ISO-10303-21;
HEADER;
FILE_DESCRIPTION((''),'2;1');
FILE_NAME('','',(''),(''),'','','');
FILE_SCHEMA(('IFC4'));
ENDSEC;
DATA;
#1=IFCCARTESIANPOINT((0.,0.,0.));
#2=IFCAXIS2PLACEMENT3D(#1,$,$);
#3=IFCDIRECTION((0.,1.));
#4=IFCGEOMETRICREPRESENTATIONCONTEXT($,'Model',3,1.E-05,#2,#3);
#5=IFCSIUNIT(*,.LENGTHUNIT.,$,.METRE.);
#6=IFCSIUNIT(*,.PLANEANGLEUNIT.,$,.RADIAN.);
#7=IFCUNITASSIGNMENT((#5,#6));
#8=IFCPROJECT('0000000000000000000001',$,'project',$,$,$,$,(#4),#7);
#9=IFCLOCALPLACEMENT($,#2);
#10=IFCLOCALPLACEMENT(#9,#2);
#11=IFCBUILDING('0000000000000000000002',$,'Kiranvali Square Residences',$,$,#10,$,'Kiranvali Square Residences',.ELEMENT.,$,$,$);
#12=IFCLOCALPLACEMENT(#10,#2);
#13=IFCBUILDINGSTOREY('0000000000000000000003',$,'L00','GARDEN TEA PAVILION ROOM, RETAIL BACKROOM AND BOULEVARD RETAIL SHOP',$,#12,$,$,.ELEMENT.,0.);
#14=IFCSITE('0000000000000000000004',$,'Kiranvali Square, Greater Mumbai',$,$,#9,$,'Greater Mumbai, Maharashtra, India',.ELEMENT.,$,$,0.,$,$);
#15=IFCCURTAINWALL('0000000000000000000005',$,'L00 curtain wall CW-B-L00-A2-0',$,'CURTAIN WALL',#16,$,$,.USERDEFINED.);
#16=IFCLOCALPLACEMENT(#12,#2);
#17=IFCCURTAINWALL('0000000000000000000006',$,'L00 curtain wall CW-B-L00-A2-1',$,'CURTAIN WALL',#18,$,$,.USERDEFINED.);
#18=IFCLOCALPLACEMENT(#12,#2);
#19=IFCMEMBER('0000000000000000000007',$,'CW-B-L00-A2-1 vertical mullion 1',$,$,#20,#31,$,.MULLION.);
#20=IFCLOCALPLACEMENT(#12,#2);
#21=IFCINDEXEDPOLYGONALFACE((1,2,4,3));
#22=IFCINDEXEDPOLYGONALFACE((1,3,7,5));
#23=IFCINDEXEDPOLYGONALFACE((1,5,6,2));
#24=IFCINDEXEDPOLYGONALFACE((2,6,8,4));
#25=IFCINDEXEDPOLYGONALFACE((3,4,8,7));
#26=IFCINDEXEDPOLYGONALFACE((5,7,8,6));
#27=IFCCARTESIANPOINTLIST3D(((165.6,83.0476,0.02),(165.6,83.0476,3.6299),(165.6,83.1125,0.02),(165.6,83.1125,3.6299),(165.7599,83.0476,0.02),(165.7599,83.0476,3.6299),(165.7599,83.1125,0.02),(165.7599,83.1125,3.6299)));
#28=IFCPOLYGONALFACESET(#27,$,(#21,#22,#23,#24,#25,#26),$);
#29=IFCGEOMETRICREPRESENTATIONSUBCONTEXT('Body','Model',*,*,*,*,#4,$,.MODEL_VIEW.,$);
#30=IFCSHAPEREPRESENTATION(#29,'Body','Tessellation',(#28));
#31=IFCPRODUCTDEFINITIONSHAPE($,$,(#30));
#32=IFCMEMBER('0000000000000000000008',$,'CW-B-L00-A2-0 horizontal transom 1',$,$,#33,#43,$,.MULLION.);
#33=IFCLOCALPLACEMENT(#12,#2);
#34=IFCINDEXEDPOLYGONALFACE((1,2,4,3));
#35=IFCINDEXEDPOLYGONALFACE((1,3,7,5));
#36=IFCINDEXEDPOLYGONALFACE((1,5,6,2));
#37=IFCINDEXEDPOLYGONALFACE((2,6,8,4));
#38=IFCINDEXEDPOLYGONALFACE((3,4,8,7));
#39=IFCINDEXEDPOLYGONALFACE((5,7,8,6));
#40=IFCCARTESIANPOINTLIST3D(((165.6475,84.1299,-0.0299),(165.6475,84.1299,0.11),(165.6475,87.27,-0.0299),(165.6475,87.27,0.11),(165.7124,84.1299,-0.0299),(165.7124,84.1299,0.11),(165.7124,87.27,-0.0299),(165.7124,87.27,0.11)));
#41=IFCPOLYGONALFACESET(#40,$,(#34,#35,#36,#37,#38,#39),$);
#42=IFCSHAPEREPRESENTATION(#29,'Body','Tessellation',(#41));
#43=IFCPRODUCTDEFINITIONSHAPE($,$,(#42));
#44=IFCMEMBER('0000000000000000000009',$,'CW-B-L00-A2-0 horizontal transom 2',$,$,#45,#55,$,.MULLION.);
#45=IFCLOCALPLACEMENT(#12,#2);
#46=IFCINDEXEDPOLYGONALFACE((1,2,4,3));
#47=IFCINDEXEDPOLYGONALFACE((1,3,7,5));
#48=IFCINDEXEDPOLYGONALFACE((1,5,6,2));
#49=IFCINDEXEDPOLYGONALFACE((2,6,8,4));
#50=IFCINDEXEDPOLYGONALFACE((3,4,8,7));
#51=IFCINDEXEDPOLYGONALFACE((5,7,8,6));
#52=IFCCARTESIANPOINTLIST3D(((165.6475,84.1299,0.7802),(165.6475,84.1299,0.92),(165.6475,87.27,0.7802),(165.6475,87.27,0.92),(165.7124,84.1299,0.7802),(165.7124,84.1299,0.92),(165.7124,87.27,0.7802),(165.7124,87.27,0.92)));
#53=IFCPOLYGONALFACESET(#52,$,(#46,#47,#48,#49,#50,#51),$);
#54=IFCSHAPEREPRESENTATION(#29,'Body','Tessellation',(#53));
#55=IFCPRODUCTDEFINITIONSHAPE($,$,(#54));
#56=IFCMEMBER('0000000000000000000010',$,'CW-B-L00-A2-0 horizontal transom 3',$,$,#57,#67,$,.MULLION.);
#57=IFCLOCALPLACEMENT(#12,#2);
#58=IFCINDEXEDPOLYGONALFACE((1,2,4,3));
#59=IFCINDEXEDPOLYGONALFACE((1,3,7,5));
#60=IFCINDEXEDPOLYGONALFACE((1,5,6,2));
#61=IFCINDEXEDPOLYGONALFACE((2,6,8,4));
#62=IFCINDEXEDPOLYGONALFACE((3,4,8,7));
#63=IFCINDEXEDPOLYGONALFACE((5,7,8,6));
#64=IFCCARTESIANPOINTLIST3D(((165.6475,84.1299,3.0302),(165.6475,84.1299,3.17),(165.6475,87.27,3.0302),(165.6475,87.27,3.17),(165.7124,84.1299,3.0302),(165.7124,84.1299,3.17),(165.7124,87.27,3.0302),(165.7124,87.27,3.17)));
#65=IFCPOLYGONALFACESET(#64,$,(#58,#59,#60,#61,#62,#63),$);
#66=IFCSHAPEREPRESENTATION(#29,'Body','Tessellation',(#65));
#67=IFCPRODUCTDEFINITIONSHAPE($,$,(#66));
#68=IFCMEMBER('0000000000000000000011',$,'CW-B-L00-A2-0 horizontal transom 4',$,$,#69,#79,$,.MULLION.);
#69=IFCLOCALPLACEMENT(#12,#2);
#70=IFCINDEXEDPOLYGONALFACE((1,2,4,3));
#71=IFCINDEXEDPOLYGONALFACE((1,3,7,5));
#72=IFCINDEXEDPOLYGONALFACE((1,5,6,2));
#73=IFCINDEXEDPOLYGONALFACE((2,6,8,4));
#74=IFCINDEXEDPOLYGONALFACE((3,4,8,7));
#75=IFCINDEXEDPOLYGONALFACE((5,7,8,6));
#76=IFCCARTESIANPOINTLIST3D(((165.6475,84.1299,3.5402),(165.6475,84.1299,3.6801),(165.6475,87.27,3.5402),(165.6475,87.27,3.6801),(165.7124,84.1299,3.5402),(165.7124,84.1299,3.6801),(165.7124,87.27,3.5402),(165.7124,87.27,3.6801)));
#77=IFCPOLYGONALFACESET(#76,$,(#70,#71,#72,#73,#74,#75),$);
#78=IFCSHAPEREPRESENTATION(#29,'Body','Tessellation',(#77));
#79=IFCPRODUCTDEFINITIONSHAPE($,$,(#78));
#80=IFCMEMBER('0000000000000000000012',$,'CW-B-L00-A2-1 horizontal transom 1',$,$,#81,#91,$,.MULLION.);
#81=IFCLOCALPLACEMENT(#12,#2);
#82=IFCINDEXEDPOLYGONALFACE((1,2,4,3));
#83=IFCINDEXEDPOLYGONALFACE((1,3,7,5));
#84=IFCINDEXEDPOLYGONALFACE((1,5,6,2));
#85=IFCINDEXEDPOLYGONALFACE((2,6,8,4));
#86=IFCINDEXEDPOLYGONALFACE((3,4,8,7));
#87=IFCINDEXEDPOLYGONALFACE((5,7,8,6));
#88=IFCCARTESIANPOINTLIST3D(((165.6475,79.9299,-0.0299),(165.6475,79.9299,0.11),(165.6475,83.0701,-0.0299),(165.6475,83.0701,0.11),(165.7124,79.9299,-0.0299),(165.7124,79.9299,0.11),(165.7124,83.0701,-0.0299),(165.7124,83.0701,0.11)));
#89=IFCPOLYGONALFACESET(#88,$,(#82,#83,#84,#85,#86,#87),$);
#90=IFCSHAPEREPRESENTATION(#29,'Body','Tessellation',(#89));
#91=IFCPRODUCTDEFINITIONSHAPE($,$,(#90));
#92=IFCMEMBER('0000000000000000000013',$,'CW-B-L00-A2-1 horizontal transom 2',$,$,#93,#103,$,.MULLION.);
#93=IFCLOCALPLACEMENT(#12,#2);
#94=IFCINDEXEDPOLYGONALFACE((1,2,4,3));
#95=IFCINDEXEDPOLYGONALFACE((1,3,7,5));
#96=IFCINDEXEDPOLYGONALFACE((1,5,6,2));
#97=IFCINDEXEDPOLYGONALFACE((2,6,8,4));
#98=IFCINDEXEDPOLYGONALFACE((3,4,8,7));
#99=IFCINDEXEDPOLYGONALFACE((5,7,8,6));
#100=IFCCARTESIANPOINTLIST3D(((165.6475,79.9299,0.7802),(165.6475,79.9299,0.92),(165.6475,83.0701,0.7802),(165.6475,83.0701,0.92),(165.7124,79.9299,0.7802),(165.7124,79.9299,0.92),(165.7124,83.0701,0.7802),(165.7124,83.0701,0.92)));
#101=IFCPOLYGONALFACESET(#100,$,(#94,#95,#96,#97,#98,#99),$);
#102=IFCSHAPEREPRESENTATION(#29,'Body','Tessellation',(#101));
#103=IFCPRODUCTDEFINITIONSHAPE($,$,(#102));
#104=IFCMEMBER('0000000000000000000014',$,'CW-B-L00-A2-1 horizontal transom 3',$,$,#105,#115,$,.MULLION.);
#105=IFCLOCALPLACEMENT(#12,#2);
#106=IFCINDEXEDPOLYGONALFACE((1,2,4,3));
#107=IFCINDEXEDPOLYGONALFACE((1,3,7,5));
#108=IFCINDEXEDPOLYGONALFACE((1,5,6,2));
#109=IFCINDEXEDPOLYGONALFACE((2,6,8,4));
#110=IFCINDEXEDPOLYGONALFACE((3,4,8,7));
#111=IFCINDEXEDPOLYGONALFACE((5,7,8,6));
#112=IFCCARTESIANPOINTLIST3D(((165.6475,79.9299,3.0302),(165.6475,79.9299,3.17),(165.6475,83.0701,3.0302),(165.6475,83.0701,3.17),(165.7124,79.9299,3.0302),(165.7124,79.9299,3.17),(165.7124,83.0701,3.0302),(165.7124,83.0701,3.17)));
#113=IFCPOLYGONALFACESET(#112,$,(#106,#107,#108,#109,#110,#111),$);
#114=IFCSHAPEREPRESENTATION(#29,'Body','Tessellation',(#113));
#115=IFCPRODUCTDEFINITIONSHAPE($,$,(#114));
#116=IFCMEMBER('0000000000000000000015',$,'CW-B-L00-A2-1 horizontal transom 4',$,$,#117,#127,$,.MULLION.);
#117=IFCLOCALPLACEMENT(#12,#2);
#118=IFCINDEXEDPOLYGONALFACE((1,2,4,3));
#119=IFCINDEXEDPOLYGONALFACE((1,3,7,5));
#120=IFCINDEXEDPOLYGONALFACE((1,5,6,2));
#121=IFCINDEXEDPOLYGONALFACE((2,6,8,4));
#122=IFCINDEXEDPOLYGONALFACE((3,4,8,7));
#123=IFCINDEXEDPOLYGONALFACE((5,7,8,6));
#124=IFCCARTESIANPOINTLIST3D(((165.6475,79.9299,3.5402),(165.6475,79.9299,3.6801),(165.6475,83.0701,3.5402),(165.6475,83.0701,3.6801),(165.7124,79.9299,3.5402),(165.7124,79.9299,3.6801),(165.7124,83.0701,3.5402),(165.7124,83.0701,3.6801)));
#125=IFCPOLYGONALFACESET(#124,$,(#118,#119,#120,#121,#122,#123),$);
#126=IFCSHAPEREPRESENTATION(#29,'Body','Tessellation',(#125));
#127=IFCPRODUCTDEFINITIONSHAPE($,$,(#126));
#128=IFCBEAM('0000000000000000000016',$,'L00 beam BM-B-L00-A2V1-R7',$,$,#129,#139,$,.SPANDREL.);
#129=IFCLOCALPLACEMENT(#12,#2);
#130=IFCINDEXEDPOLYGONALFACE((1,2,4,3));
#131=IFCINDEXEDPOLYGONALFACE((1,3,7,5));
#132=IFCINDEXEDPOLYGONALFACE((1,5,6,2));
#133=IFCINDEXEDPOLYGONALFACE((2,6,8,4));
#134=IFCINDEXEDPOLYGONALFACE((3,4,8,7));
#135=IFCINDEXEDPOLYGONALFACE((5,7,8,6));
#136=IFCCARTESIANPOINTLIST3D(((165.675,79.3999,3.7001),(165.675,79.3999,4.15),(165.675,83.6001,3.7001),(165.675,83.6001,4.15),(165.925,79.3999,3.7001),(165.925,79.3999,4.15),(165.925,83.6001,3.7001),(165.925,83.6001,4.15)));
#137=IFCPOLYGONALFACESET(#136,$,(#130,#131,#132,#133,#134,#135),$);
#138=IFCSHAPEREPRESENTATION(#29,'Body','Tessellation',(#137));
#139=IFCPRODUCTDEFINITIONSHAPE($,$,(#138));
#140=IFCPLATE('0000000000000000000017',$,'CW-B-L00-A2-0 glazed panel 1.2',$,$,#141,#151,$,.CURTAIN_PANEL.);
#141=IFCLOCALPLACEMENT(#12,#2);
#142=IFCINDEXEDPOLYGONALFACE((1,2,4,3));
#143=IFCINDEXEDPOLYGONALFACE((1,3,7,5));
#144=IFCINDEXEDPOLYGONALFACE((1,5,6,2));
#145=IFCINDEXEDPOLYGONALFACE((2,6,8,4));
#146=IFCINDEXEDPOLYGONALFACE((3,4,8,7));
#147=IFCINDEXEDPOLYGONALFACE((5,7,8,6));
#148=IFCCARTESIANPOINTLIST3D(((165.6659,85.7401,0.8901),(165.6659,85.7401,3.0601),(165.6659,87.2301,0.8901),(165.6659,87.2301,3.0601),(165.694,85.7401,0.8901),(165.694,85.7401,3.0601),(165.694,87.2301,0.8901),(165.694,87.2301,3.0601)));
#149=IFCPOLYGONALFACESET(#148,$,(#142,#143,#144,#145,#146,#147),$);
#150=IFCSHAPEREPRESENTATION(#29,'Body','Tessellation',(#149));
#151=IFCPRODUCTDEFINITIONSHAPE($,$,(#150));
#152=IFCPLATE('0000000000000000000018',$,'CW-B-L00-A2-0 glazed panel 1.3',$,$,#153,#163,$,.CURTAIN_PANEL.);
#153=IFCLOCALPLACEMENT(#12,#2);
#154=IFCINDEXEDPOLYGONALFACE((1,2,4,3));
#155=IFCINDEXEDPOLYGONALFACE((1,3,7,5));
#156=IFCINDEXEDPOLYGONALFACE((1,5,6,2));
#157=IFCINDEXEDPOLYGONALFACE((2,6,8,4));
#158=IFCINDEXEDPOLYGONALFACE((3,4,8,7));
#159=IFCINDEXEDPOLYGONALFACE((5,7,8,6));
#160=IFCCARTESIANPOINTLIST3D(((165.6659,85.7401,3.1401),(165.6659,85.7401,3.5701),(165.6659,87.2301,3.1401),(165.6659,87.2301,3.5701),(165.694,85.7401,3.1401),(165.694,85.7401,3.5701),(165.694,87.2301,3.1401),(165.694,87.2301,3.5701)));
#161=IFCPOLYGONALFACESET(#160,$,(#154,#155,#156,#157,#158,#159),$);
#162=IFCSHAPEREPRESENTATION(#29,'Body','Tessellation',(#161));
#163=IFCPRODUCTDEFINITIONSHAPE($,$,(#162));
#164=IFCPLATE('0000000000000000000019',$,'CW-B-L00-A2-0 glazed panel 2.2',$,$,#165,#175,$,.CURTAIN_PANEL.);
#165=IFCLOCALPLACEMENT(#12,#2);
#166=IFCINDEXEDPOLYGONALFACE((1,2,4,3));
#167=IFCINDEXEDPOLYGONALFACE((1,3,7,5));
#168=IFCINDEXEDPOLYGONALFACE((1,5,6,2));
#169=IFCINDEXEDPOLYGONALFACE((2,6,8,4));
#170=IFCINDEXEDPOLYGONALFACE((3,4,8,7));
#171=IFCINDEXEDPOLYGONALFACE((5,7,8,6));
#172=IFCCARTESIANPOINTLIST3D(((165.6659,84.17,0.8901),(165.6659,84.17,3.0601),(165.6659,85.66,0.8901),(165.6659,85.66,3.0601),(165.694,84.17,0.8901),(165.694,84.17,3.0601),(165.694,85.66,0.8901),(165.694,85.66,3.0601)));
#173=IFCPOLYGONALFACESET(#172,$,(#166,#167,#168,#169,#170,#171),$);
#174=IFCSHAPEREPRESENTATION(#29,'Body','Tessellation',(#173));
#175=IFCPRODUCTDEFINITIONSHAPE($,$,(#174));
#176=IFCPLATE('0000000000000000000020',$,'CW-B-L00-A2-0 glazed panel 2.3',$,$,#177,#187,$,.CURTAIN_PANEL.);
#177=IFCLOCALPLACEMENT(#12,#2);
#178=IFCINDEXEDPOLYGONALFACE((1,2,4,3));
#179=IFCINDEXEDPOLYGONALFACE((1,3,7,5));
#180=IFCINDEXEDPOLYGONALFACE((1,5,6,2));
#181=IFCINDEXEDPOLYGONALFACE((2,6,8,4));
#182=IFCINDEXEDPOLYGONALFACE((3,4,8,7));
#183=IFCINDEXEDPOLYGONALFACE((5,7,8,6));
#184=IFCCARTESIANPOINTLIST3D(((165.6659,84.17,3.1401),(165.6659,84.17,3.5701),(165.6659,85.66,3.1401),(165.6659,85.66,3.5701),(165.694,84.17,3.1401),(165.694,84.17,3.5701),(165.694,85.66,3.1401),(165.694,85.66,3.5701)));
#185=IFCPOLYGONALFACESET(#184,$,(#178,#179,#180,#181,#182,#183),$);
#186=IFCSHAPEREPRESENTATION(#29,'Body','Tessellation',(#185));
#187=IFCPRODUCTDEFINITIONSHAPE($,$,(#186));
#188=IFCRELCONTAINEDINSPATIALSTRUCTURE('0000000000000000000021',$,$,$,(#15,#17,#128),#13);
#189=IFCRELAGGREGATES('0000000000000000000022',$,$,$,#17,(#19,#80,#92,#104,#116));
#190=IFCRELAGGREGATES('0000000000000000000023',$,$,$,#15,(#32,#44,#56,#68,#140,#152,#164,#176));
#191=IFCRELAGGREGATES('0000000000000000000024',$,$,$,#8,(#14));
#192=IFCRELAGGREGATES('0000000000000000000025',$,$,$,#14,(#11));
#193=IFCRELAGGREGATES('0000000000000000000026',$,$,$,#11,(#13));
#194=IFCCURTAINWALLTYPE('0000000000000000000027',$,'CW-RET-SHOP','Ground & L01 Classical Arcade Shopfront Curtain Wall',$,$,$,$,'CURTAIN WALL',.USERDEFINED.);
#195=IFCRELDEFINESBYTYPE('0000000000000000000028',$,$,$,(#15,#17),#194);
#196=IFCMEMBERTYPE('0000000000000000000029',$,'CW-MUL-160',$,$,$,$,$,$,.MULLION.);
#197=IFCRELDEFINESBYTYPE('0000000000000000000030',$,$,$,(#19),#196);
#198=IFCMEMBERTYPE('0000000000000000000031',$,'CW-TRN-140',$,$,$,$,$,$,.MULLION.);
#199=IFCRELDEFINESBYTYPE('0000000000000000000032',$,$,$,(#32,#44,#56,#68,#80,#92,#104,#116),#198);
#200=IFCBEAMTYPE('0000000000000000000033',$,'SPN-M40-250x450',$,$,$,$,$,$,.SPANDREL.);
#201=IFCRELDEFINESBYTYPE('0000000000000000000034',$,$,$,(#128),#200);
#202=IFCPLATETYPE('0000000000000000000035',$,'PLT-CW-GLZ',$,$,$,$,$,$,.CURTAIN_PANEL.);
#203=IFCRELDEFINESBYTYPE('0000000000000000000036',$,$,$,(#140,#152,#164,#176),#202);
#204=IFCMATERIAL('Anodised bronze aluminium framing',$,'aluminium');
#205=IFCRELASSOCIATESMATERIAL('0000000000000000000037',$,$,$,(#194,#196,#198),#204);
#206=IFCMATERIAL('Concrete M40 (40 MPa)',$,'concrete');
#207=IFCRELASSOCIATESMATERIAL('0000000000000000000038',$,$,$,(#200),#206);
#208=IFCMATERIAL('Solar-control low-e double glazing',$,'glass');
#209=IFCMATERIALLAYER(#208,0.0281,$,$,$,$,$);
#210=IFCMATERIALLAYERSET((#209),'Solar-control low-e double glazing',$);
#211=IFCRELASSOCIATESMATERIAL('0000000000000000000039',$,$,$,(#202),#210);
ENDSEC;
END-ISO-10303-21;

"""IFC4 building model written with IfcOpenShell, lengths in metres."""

from ifc_helpers import new_model, si_unit, direction, frame, origin, origin_2d, place, context, subcontext, project, spatial, rectangle, extrude, material, layer, layer_set, material_profile, profile_set, type_object, element, aggregate, save


model = new_model("IFC4")

# Units and contexts
model_context = context("Model", 3, precision=1e-05, world=origin(), true_north=direction((0.0, 1.0)))
body_context = subcontext(model_context, "Body", "Model", "MODEL_VIEW")
ifc_project = project(units=[si_unit("LENGTHUNIT", "METRE"), si_unit("PLANEANGLEUNIT", "RADIAN")], contexts=[model_context])

# Site, building, storey
site_placement = place(None, origin())
site = spatial("IfcSite", under=ifc_project, at=site_placement, Name="Kiranvali Square, Greater Mumbai", LongName="Greater Mumbai, Maharashtra, India", CompositionType="ELEMENT", RefElevation=0.0)
building_placement = place(site_placement, origin())
building = spatial("IfcBuilding", under=site, at=building_placement, Name="Kiranvali Square Residences", LongName="Kiranvali Square Residences", CompositionType="ELEMENT")
storey_placement = place(building_placement, origin())
storey = spatial("IfcBuildingStorey", under=building, at=storey_placement, Name="L00", Description="GARDEN TEA PAVILION ROOM, RETAIL BACKROOM AND BOULEVARD RETAIL SHOP", CompositionType="ELEMENT", Elevation=0.0)

# Shared definitions
ifc_material_1 = material(Name="Concrete M40 (40 MPa)", Category="concrete")

# Curtain wall
ifc_material_2 = material(Name="Anodised bronze aluminium framing", Category="aluminium")
curtain_wall_type = type_object("IfcCurtainWallType", Name="CW-RET-SHOP", Description="Ground & L01 Classical Arcade Shopfront Curtain Wall", ElementType="CURTAIN WALL", PredefinedType="USERDEFINED", material=ifc_material_2)
curtain_wall_1_placement = place(storey_placement, origin())
curtain_wall_1 = element("IfcCurtainWall", 1, at=curtain_wall_1_placement, inside=storey, type_object=curtain_wall_type, Name="L00 curtain wall CW-B-L00-A2-0", ObjectType="CURTAIN WALL", PredefinedType="USERDEFINED")
ifc_material_profile_1 = material_profile(ifc_material_2, rectangle(XDim=0.0649, YDim=0.1599, at=origin_2d()), Name="ALU 65x160")
ifc_profile_set_1 = profile_set([ifc_material_profile_1], Name="Anodised bronze aluminium framing")
member_type_1 = type_object("IfcMemberType", Name="CW-MUL-160", PredefinedType="MULLION", material=ifc_profile_set_1)

# Curtain wall, member
curtain_wall_2_placement = place(storey_placement, origin())
curtain_wall_2 = element("IfcCurtainWall", 2, at=curtain_wall_2_placement, inside=storey, type_object=curtain_wall_type, Name="L00 curtain wall CW-B-L00-A2-1", ObjectType="CURTAIN WALL", PredefinedType="USERDEFINED")
member_1_placement = place(storey_placement, frame((165.6799, 83.0801, 0.02), z_axis=(0.0, 0.0, 1.0), x_axis=(0.0, -1.0, 0.0)))
member_1 = element("IfcMember", 3, at=member_1_placement, type_object=member_type_1, Name="CW-B-L00-A2-1 vertical mullion 1", PredefinedType="MULLION", context=body_context, shape_type="SweptSolid", body=[
    extrude(rectangle(XDim=0.0649, YDim=0.1599, at=origin_2d()), origin(), (0.0, 0.0, 1.0), 3.6099),
])

# Members
ifc_material_profile_2 = material_profile(ifc_material_2, rectangle(XDim=0.0649, YDim=0.1399, at=origin_2d()), Name="ALU 65x140")
ifc_profile_set_2 = profile_set([ifc_material_profile_2], Name="Anodised bronze aluminium framing")
member_type_2 = type_object("IfcMemberType", Name="CW-TRN-140", PredefinedType="MULLION", material=ifc_profile_set_2)
member_2_placement = place(storey_placement, frame((165.6799, 87.27, 0.04), z_axis=(0.0, -1.0, 0.0), x_axis=(1.0, 0.0, 0.0)))
member_2 = element("IfcMember", 4, at=member_2_placement, type_object=member_type_2, Name="CW-B-L00-A2-0 horizontal transom 1", PredefinedType="MULLION", context=body_context, shape_type="SweptSolid", body=[
    extrude(rectangle(XDim=0.0649, YDim=0.1399, at=origin_2d()), origin(), (0.0, 0.0, 1.0), 3.1401),
])
member_3_placement = place(storey_placement, frame((165.6799, 87.27, 0.8501), z_axis=(0.0, -1.0, 0.0), x_axis=(1.0, 0.0, 0.0)))
member_3 = element("IfcMember", 5, at=member_3_placement, type_object=member_type_2, Name="CW-B-L00-A2-0 horizontal transom 2", PredefinedType="MULLION", context=body_context, shape_type="SweptSolid", body=[
    extrude(rectangle(XDim=0.0649, YDim=0.1399, at=origin_2d()), origin(), (0.0, 0.0, 1.0), 3.1401),
])
member_4_placement = place(storey_placement, frame((165.6799, 87.27, 3.1001), z_axis=(0.0, -1.0, 0.0), x_axis=(1.0, 0.0, 0.0)))
member_4 = element("IfcMember", 6, at=member_4_placement, type_object=member_type_2, Name="CW-B-L00-A2-0 horizontal transom 3", PredefinedType="MULLION", context=body_context, shape_type="SweptSolid", body=[
    extrude(rectangle(XDim=0.0649, YDim=0.1399, at=origin_2d()), origin(), (0.0, 0.0, 1.0), 3.1401),
])
member_5_placement = place(storey_placement, frame((165.6799, 87.27, 3.6101), z_axis=(0.0, -1.0, 0.0), x_axis=(1.0, 0.0, 0.0)))
member_5 = element("IfcMember", 7, at=member_5_placement, type_object=member_type_2, Name="CW-B-L00-A2-0 horizontal transom 4", PredefinedType="MULLION", context=body_context, shape_type="SweptSolid", body=[
    extrude(rectangle(XDim=0.0649, YDim=0.1399, at=origin_2d()), origin(), (0.0, 0.0, 1.0), 3.1401),
])
member_6_placement = place(storey_placement, frame((165.6799, 83.0701, 0.04), z_axis=(0.0, -1.0, 0.0), x_axis=(1.0, 0.0, 0.0)))
member_6 = element("IfcMember", 8, at=member_6_placement, type_object=member_type_2, Name="CW-B-L00-A2-1 horizontal transom 1", PredefinedType="MULLION", context=body_context, shape_type="SweptSolid", body=[
    extrude(rectangle(XDim=0.0649, YDim=0.1399, at=origin_2d()), origin(), (0.0, 0.0, 1.0), 3.1401),
])
member_7_placement = place(storey_placement, frame((165.6799, 83.0701, 0.8501), z_axis=(0.0, -1.0, 0.0), x_axis=(1.0, 0.0, 0.0)))
member_7 = element("IfcMember", 9, at=member_7_placement, type_object=member_type_2, Name="CW-B-L00-A2-1 horizontal transom 2", PredefinedType="MULLION", context=body_context, shape_type="SweptSolid", body=[
    extrude(rectangle(XDim=0.0649, YDim=0.1399, at=origin_2d()), origin(), (0.0, 0.0, 1.0), 3.1401),
])
member_8_placement = place(storey_placement, frame((165.6799, 83.0701, 3.1001), z_axis=(0.0, -1.0, 0.0), x_axis=(1.0, 0.0, 0.0)))
member_8 = element("IfcMember", 10, at=member_8_placement, type_object=member_type_2, Name="CW-B-L00-A2-1 horizontal transom 3", PredefinedType="MULLION", context=body_context, shape_type="SweptSolid", body=[
    extrude(rectangle(XDim=0.0649, YDim=0.1399, at=origin_2d()), origin(), (0.0, 0.0, 1.0), 3.1401),
])
member_9_placement = place(storey_placement, frame((165.6799, 83.0701, 3.6101), z_axis=(0.0, -1.0, 0.0), x_axis=(1.0, 0.0, 0.0)))
member_9 = element("IfcMember", 11, at=member_9_placement, type_object=member_type_2, Name="CW-B-L00-A2-1 horizontal transom 4", PredefinedType="MULLION", context=body_context, shape_type="SweptSolid", body=[
    extrude(rectangle(XDim=0.0649, YDim=0.1399, at=origin_2d()), origin(), (0.0, 0.0, 1.0), 3.1401),
])

# Beam
ifc_material_profile_3 = material_profile(ifc_material_1, rectangle(XDim=0.25, YDim=0.45, at=origin_2d()), Name="RC 250x450")
ifc_profile_set_3 = profile_set([ifc_material_profile_3], Name="Concrete M40 (40 MPa)")
beam_type_1 = type_object("IfcBeamType", Name="SPN-M40-250x450", PredefinedType="SPANDREL", material=ifc_profile_set_3)
beam_1_placement = place(storey_placement, frame((165.8, 83.6001, 3.925), z_axis=(0.0, -1.0, 0.0), x_axis=(1.0, 0.0, 0.0)))
element("IfcBeam", 12, at=beam_1_placement, inside=storey, type_object=beam_type_1, Name="L00 beam BM-B-L00-A2V1-R7", PredefinedType="SPANDREL", context=body_context, shape_type="SweptSolid", body=[
    extrude(rectangle(XDim=0.25, YDim=0.45, at=origin_2d()), origin(), (0.0, 0.0, 1.0), 4.2002),
])

# Plates
ifc_material_3 = material(Name="Solar-control low-e double glazing", Category="glass")
ifc_layer_1 = layer(ifc_material_3, 0.0281)
ifc_layer_set_1 = layer_set([ifc_layer_1], Name="Solar-control low-e double glazing")
plate_type_1 = type_object("IfcPlateType", Name="PLT-CW-GLZ", PredefinedType="CURTAIN_PANEL", material=ifc_layer_set_1)
plate_1_placement = place(storey_placement, frame((165.6799, 86.4851, 0.8901), z_axis=(0.0, 0.0, 1.0), x_axis=(0.0, -1.0, 0.0)))
plate_1 = element("IfcPlate", 13, at=plate_1_placement, type_object=plate_type_1, Name="CW-B-L00-A2-0 glazed panel 1.2", PredefinedType="CURTAIN_PANEL", context=body_context, shape_type="SweptSolid", body=[
    extrude(rectangle(XDim=1.49, YDim=0.0281, at=origin_2d()), origin(), (0.0, 0.0, 1.0), 2.1699),
])
plate_2_placement = place(storey_placement, frame((165.6799, 86.4851, 3.1401), z_axis=(0.0, 0.0, 1.0), x_axis=(0.0, -1.0, 0.0)))
plate_2 = element("IfcPlate", 14, at=plate_2_placement, type_object=plate_type_1, Name="CW-B-L00-A2-0 glazed panel 1.3", PredefinedType="CURTAIN_PANEL", context=body_context, shape_type="SweptSolid", body=[
    extrude(rectangle(XDim=1.49, YDim=0.0281, at=origin_2d()), origin(), (0.0, 0.0, 1.0), 0.4299),
])
plate_3_placement = place(storey_placement, frame((165.6799, 84.915, 0.8901), z_axis=(0.0, 0.0, 1.0), x_axis=(0.0, -1.0, 0.0)))
plate_3 = element("IfcPlate", 15, at=plate_3_placement, type_object=plate_type_1, Name="CW-B-L00-A2-0 glazed panel 2.2", PredefinedType="CURTAIN_PANEL", context=body_context, shape_type="SweptSolid", body=[
    extrude(rectangle(XDim=1.49, YDim=0.0281, at=origin_2d()), origin(), (0.0, 0.0, 1.0), 2.1699),
])
plate_4_placement = place(storey_placement, frame((165.6799, 84.915, 3.1401), z_axis=(0.0, 0.0, 1.0), x_axis=(0.0, -1.0, 0.0)))
plate_4 = element("IfcPlate", 16, at=plate_4_placement, type_object=plate_type_1, Name="CW-B-L00-A2-0 glazed panel 2.3", PredefinedType="CURTAIN_PANEL", context=body_context, shape_type="SweptSolid", body=[
    extrude(rectangle(XDim=1.49, YDim=0.0281, at=origin_2d()), origin(), (0.0, 0.0, 1.0), 0.4299),
])
aggregate(curtain_wall_2, [member_1, member_6, member_7, member_8, member_9])
aggregate(curtain_wall_1, [member_2, member_3, member_4, member_5, plate_1, plate_2, plate_3, plate_4])

save(model, "model.ifc")
